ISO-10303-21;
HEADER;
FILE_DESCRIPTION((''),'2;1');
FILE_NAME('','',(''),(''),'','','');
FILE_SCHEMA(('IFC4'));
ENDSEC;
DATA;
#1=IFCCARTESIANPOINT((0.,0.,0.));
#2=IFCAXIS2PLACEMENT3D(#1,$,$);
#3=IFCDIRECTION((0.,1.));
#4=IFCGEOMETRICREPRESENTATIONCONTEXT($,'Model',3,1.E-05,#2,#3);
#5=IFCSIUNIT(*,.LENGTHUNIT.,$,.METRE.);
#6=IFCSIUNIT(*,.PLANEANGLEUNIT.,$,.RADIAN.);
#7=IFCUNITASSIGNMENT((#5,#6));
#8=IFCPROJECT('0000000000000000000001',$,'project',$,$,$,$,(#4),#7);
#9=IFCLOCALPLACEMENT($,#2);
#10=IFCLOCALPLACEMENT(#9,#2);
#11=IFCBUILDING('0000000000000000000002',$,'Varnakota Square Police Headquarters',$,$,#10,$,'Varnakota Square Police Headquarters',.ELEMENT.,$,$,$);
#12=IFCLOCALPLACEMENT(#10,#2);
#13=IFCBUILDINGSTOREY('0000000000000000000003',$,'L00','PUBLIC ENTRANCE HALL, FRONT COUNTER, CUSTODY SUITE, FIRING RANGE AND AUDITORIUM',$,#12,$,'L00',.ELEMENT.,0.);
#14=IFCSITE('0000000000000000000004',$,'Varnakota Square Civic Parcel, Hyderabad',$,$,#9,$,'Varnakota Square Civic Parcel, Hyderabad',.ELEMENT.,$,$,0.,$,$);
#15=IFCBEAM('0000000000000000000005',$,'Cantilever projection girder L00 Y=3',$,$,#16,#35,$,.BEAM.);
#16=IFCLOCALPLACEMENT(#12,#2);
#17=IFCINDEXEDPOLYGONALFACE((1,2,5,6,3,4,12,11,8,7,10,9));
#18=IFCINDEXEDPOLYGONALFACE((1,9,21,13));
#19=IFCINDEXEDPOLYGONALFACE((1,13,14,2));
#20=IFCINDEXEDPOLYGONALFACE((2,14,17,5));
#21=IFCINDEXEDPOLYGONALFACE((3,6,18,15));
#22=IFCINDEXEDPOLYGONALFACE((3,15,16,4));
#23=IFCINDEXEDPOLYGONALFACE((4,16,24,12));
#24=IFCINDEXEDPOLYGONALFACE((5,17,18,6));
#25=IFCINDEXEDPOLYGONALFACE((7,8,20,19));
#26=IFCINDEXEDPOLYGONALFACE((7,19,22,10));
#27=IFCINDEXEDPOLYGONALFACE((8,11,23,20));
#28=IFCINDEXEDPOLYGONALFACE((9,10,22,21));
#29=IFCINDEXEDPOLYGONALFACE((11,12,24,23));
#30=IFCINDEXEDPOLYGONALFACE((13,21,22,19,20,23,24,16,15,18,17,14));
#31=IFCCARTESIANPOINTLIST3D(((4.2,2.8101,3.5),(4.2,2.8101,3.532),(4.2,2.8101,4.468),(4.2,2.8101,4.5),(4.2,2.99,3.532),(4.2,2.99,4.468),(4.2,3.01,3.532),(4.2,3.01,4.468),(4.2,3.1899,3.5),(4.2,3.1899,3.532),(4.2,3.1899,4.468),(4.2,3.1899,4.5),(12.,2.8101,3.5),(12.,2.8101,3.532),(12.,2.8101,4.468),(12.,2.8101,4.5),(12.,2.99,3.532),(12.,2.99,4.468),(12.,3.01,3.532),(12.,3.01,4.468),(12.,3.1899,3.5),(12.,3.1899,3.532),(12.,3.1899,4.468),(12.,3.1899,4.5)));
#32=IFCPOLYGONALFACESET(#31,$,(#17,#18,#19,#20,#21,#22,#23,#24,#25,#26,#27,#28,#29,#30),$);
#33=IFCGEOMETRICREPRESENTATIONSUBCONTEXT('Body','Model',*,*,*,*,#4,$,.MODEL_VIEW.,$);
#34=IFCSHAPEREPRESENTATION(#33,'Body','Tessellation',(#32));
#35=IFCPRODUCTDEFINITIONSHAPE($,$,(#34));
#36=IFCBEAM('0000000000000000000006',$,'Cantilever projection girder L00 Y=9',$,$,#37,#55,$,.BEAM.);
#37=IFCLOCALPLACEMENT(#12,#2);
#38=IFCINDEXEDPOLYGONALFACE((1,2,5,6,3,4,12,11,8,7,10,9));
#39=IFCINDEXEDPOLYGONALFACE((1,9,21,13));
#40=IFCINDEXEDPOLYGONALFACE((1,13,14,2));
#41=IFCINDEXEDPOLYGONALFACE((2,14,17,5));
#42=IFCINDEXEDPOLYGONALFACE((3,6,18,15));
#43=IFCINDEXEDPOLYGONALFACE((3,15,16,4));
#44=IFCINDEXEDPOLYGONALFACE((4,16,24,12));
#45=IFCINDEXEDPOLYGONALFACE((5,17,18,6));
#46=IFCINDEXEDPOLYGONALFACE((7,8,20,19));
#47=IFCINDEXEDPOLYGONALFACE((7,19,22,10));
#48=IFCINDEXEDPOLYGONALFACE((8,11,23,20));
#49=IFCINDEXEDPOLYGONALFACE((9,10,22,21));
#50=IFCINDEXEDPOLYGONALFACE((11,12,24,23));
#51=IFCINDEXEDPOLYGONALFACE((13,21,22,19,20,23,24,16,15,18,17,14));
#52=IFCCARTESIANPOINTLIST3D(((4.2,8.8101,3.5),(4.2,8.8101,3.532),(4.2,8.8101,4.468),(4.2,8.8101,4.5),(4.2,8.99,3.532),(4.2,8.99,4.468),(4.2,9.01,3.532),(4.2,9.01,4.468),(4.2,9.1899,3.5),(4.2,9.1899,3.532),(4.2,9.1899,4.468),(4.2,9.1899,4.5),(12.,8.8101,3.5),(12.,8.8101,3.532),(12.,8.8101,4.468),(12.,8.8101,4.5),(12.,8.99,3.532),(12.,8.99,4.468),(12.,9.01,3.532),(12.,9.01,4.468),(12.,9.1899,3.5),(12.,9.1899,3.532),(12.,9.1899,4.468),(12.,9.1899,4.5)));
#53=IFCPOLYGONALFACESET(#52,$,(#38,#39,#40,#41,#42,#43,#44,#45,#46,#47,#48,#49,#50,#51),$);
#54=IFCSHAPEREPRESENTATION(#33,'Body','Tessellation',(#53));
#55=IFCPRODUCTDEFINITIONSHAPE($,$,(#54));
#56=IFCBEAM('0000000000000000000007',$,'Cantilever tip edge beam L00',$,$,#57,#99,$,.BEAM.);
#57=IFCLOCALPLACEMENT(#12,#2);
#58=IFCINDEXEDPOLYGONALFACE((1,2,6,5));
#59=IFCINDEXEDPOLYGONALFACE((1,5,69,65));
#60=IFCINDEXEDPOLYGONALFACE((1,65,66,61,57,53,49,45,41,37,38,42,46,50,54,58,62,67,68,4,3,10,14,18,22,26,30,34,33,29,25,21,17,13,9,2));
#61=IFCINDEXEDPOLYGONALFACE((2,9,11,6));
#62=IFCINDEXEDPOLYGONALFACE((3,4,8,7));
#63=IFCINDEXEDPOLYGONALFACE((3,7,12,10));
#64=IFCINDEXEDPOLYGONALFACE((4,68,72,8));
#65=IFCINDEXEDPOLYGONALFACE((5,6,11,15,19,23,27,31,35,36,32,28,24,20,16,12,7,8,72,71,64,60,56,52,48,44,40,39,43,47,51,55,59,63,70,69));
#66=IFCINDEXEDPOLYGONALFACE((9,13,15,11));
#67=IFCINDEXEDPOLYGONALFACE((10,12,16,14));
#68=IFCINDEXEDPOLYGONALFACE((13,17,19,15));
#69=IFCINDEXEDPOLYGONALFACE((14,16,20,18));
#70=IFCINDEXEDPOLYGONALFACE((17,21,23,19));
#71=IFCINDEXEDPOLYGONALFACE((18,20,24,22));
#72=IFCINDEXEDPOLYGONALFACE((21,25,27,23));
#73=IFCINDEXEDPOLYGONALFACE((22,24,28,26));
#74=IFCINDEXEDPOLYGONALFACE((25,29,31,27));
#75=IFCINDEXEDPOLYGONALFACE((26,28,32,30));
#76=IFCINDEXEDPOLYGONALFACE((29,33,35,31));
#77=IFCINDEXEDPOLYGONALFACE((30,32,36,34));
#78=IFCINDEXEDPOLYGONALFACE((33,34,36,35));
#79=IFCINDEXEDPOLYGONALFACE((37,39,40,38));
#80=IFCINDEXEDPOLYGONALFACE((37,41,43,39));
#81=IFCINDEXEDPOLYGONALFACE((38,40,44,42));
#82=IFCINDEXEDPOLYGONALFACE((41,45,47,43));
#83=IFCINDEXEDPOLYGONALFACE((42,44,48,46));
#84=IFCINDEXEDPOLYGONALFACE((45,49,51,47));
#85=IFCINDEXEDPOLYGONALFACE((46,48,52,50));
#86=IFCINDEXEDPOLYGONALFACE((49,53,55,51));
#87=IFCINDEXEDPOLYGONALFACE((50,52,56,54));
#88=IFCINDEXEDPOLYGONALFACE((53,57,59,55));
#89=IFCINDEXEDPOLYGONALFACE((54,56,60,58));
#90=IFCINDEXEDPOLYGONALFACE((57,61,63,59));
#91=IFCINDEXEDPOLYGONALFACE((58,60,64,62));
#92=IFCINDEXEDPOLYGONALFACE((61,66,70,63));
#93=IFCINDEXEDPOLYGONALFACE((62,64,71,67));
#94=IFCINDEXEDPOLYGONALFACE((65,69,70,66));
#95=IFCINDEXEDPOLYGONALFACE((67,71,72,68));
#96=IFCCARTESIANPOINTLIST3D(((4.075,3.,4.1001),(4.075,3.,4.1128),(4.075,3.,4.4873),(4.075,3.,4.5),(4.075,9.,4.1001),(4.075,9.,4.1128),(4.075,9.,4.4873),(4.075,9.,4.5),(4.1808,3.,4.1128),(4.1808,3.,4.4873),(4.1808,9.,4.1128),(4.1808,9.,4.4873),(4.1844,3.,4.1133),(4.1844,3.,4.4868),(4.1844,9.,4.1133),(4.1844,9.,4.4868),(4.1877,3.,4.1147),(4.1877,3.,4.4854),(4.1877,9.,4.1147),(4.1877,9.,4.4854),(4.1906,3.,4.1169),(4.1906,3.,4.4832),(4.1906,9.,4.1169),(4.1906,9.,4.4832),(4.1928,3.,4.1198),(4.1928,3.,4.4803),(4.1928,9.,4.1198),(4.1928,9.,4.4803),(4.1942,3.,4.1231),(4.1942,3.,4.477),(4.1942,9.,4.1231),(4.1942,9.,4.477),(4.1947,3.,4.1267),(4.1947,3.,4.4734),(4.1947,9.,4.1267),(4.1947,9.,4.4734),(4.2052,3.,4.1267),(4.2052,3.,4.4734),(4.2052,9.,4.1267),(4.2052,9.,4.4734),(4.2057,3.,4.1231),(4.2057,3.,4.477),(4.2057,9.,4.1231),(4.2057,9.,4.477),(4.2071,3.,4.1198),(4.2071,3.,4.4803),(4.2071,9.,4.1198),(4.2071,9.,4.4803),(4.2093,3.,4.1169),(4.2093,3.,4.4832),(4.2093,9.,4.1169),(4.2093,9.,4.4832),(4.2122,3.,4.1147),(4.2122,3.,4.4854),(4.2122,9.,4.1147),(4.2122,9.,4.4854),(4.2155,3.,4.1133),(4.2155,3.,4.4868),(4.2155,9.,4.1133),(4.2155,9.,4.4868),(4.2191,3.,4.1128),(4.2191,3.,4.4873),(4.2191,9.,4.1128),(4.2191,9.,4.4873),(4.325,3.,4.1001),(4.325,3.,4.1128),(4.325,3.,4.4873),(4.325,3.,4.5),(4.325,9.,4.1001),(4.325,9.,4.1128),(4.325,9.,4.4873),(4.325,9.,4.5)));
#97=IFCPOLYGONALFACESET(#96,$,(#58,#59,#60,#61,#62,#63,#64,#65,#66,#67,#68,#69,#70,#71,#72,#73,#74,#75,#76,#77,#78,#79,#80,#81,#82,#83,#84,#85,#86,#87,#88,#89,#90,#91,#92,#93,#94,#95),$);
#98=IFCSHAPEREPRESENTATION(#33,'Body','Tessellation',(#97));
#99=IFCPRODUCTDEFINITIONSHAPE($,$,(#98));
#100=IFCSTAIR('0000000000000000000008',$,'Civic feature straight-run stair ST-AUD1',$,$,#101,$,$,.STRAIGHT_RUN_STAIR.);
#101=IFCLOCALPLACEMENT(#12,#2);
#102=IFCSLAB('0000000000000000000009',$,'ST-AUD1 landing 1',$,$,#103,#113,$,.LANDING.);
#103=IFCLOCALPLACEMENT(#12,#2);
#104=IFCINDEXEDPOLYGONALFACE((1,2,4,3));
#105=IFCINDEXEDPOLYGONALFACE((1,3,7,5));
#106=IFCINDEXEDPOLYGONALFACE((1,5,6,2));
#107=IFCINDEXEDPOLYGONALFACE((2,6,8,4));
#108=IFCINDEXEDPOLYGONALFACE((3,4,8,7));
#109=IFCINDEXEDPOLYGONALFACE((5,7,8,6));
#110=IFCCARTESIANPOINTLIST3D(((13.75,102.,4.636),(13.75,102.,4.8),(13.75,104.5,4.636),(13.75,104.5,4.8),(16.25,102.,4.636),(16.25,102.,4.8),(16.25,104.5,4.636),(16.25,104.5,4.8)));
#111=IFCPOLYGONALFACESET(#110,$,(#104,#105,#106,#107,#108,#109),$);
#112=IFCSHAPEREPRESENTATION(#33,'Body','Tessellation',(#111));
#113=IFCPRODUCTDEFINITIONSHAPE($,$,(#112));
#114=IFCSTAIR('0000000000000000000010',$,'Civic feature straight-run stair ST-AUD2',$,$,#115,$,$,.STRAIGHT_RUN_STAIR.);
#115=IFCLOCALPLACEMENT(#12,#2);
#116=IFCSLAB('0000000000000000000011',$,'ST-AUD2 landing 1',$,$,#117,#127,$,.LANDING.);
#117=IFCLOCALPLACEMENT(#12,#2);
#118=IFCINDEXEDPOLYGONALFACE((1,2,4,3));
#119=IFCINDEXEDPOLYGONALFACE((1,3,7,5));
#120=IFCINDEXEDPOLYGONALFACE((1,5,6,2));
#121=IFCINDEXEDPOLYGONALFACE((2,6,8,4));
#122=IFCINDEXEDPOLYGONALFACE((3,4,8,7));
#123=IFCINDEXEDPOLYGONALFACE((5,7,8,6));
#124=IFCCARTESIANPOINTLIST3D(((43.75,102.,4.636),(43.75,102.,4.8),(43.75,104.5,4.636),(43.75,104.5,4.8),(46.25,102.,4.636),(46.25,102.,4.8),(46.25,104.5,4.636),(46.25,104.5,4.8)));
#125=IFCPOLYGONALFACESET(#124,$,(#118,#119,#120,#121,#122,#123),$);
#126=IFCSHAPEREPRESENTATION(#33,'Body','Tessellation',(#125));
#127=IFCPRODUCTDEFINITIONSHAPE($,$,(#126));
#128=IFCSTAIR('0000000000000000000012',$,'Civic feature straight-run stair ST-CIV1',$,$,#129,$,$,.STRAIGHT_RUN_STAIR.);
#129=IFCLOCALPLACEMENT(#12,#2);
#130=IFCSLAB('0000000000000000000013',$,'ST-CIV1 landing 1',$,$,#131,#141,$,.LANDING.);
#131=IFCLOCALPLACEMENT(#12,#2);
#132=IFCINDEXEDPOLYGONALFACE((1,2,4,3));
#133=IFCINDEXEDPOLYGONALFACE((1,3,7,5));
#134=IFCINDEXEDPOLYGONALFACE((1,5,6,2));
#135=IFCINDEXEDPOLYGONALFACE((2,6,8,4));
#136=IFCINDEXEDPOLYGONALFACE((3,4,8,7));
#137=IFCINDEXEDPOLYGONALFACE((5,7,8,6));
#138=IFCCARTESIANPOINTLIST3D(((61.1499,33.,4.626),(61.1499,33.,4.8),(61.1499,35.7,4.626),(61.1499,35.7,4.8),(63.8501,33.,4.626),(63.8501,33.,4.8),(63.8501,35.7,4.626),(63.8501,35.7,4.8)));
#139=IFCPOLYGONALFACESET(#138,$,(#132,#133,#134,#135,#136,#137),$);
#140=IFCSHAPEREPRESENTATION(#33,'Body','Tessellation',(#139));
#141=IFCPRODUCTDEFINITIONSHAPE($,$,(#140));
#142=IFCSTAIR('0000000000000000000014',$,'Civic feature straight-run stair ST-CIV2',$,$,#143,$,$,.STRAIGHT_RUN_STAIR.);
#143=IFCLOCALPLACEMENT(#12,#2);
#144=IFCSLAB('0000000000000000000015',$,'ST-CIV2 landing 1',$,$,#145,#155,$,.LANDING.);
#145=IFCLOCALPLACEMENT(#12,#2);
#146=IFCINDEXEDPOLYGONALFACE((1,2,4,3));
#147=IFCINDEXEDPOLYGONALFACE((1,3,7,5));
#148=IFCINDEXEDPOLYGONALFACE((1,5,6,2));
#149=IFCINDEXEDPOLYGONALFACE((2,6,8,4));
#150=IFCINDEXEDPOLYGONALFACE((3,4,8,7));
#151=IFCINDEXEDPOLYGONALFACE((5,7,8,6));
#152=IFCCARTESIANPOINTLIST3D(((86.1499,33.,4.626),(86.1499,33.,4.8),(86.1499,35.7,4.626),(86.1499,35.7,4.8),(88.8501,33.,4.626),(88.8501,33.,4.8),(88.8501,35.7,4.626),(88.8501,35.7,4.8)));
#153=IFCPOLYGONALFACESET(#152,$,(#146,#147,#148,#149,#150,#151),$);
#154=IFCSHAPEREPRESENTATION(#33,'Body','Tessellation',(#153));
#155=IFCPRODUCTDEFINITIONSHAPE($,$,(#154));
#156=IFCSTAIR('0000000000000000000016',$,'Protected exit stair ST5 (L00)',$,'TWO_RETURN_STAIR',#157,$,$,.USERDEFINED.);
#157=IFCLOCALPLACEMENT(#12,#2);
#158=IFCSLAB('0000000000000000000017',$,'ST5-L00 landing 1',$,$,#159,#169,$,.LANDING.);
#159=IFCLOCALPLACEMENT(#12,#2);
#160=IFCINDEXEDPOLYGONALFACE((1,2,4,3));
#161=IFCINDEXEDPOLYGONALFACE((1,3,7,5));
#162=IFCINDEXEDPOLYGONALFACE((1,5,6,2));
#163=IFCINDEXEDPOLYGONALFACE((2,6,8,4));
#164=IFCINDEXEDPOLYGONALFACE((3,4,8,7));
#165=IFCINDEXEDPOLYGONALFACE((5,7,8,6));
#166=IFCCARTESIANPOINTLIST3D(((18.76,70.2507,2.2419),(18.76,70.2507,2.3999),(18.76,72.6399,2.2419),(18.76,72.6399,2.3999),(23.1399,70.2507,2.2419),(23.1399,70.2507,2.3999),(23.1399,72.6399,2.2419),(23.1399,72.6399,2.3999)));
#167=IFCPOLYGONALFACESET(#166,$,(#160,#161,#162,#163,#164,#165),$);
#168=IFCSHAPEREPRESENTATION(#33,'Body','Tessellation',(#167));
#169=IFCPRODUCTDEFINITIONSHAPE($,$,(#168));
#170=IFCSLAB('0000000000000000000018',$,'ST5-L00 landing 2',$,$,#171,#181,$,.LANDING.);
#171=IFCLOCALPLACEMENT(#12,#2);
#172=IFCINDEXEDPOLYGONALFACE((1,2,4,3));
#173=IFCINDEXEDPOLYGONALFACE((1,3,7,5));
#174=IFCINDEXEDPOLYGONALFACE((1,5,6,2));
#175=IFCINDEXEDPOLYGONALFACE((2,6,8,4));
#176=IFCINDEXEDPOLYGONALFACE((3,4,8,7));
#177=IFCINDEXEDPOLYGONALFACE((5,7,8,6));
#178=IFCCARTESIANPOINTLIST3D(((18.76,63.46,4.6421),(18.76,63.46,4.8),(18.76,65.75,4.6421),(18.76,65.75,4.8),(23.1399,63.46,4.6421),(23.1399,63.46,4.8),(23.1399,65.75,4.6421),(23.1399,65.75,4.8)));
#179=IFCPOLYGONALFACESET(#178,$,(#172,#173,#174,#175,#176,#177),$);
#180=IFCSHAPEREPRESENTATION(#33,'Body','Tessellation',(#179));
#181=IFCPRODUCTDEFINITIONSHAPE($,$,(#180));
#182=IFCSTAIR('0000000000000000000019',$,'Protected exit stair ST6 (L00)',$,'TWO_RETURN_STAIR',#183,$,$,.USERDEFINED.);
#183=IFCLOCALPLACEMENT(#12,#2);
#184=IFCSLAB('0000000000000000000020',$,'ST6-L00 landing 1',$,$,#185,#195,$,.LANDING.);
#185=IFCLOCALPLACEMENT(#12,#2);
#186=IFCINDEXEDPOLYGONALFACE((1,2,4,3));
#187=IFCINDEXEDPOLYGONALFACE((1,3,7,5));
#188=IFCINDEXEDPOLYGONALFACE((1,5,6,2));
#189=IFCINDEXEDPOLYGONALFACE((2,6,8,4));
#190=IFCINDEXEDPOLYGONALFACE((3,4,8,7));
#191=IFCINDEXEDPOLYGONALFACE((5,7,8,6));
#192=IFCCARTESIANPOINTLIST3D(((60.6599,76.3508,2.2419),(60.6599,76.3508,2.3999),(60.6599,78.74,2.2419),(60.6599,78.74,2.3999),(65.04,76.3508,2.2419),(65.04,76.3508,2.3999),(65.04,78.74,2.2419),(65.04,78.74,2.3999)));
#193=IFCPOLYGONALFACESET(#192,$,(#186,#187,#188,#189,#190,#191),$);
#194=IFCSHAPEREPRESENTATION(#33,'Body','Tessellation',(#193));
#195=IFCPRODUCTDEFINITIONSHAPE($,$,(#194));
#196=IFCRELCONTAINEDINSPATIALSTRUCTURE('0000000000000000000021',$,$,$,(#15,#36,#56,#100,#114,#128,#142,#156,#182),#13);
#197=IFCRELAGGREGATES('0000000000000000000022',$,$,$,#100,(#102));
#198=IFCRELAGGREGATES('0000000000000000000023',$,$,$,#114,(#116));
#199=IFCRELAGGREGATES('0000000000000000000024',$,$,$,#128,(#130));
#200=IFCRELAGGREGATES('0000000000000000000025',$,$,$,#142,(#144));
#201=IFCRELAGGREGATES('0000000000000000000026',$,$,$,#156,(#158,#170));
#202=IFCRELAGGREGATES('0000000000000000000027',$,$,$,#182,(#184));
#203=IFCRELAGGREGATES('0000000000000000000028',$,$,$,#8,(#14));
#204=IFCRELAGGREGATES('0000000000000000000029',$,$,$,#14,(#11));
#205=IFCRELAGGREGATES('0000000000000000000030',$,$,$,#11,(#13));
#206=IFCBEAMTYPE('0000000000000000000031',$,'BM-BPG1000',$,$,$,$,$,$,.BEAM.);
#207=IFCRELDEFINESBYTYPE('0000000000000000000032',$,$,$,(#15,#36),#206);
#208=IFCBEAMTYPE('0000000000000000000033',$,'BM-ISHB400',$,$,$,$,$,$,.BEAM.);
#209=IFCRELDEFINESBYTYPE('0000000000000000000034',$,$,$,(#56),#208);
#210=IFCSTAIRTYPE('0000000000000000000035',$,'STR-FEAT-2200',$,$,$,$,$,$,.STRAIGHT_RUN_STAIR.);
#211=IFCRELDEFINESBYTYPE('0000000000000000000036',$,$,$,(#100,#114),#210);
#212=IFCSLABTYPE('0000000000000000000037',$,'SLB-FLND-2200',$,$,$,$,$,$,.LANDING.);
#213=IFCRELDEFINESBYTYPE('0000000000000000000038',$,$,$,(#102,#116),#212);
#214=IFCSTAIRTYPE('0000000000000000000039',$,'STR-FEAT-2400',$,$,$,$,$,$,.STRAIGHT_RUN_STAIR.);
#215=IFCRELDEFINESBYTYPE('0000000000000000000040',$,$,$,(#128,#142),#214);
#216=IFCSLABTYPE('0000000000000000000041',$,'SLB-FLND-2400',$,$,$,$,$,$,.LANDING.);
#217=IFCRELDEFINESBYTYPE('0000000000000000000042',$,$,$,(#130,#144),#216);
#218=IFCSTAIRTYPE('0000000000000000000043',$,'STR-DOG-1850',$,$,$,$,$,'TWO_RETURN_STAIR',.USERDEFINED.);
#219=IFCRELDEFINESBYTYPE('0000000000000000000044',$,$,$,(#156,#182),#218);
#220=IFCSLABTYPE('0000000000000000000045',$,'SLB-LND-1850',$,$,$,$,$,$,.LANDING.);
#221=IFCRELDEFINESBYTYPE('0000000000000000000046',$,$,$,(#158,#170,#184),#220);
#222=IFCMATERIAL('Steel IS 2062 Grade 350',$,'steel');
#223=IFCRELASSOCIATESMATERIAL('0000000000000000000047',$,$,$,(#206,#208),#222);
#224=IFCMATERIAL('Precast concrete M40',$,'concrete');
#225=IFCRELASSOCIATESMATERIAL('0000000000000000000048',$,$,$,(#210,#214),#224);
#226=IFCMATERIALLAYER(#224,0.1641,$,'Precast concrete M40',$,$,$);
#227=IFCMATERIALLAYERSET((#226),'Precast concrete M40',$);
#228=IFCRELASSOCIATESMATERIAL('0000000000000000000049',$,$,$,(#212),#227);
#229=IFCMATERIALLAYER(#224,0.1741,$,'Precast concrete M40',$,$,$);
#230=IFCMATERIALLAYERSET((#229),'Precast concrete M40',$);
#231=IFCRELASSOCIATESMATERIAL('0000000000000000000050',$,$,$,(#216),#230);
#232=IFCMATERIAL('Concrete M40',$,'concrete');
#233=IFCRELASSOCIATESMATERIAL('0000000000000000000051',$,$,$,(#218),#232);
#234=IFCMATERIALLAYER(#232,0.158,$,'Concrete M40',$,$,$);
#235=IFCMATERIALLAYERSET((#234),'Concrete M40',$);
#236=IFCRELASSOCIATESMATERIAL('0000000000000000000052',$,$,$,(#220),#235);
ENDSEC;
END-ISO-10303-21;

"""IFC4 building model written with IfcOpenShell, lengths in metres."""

from ifc_helpers import new_model, si_unit, direction, frame, origin, origin_2d, place, context, subcontext, project, spatial, polyline, i_section, outline, extrude, material, layer, layer_set, material_profile, profile_set, type_object, element, aggregate, save


model = new_model("IFC4")

# Units and contexts
model_context = context("Model", 3, precision=1e-05, world=origin(), true_north=direction((0.0, 1.0)))
body_context = subcontext(model_context, "Body", "Model", "MODEL_VIEW")
ifc_project = project(units=[si_unit("LENGTHUNIT", "METRE"), si_unit("PLANEANGLEUNIT", "RADIAN")], contexts=[model_context])

# Site, building, storey
site_placement = place(None, origin())
site = spatial("IfcSite", under=ifc_project, at=site_placement, Name="Varnakota Square Civic Parcel, Hyderabad", LongName="Varnakota Square Civic Parcel, Hyderabad", CompositionType="ELEMENT", RefElevation=0.0)
building_placement = place(site_placement, origin())
building = spatial("IfcBuilding", under=site, at=building_placement, Name="Varnakota Square Police Headquarters", LongName="Varnakota Square Police Headquarters", CompositionType="ELEMENT")
storey_placement = place(building_placement, origin())
storey = spatial("IfcBuildingStorey", under=building, at=storey_placement, Name="L00", Description="PUBLIC ENTRANCE HALL, FRONT COUNTER, CUSTODY SUITE, FIRING RANGE AND AUDITORIUM", LongName="L00", CompositionType="ELEMENT", Elevation=0.0)

# Beams
ifc_material_1 = material(Name="Steel IS 2062 Grade 350", Category="steel")
ifc_material_profile_1 = material_profile(ifc_material_1, i_section(OverallWidth=0.3799, OverallDepth=1.0, WebThickness=0.02, FlangeThickness=0.032, at=origin_2d()), Name="BPG 1000x380")
ifc_profile_set_1 = profile_set([ifc_material_profile_1], Name="Steel IS 2062 Grade 350")
beam_type_1 = type_object("IfcBeamType", Name="BM-BPG1000", PredefinedType="BEAM", material=ifc_profile_set_1)
for number, where, z_axis, x_axis, name in (
    (1, (4.2, 3.0, 4.0), (1.0, 0.0, 0.0), (0.0, 1.0, 0.0), "Cantilever projection girder L00 Y=3"),
    (2, (4.2, 9.0, 4.0), (1.0, 0.0, 0.0), (0.0, 1.0, 0.0), "Cantilever projection girder L00 Y=9"),
):
    element("IfcBeam", number, at=place(storey_placement, frame(where, z_axis=z_axis, x_axis=x_axis)), inside=storey, type_object=beam_type_1, Name=name, PredefinedType="BEAM", context=body_context, shape_type="SweptSolid", body=[
        extrude(i_section(OverallWidth=0.3799, OverallDepth=1.0, WebThickness=0.02, FlangeThickness=0.032, at=origin_2d()), origin(), (0.0, 0.0, 1.0), 7.8),
    ])
ifc_material_profile_2 = material_profile(ifc_material_1, i_section(OverallWidth=0.25, OverallDepth=0.3999, WebThickness=0.0105, FlangeThickness=0.0127, FilletRadius=0.0139, at=origin_2d()), Name="ISHB 400")
ifc_profile_set_2 = profile_set([ifc_material_profile_2], Name="Steel IS 2062 Grade 350")
beam_type_2 = type_object("IfcBeamType", Name="BM-ISHB400", PredefinedType="BEAM", material=ifc_profile_set_2)
beam_placement = place(storey_placement, frame((4.2, 3.0, 4.3), z_axis=(0.0, 1.0, 0.0), x_axis=(-1.0, 0.0, 0.0)))
element("IfcBeam", 3, at=beam_placement, inside=storey, type_object=beam_type_2, Name="Cantilever tip edge beam L00", PredefinedType="BEAM", context=body_context, shape_type="SweptSolid", body=[
    extrude(i_section(OverallWidth=0.25, OverallDepth=0.3999, WebThickness=0.0105, FlangeThickness=0.0127, FilletRadius=0.0139, at=origin_2d()), origin(), (0.0, 0.0, 1.0), 6.0),
])

# Stairs, slabs
ifc_material_2 = material(Name="Precast concrete M40", Category="concrete")
stair_type_1 = type_object("IfcStairType", Name="STR-FEAT-2200", PredefinedType="STRAIGHT_RUN_STAIR", material=ifc_material_2)
stair_1_placement = place(storey_placement, origin())
stair_1 = element("IfcStair", 4, at=stair_1_placement, inside=storey, type_object=stair_type_1, Name="Civic feature straight-run stair ST-AUD1", PredefinedType="STRAIGHT_RUN_STAIR")
ifc_layer_1 = layer(ifc_material_2, 0.1641, Name="Precast concrete M40")
ifc_layer_set_1 = layer_set([ifc_layer_1], Name="Precast concrete M40")
slab_type_1 = type_object("IfcSlabType", Name="SLB-FLND-2200", PredefinedType="LANDING", material=ifc_layer_set_1)
slab_1_placement = place(storey_placement, frame((0.0, 0.0, 4.636)))
slab_1 = element("IfcSlab", 5, at=slab_1_placement, type_object=slab_type_1, Name="ST-AUD1 landing 1", PredefinedType="LANDING", context=body_context, shape_type="SweptSolid", body=[
    extrude(outline(polyline([(13.75, 102.0), (16.25, 102.0), (16.25, 104.5), (13.75, 104.5), (13.75, 102.0)])), origin(), (0.0, 0.0, 1.0), 0.1641),
])
aggregate(stair_1, [slab_1])
stair_2_placement = place(storey_placement, origin())
stair_2 = element("IfcStair", 6, at=stair_2_placement, inside=storey, type_object=stair_type_1, Name="Civic feature straight-run stair ST-AUD2", PredefinedType="STRAIGHT_RUN_STAIR")
slab_2_placement = place(storey_placement, frame((0.0, 0.0, 4.636)))
slab_2 = element("IfcSlab", 7, at=slab_2_placement, type_object=slab_type_1, Name="ST-AUD2 landing 1", PredefinedType="LANDING", context=body_context, shape_type="SweptSolid", body=[
    extrude(outline(polyline([(43.75, 102.0), (46.25, 102.0), (46.25, 104.5), (43.75, 104.5), (43.75, 102.0)])), origin(), (0.0, 0.0, 1.0), 0.1641),
])
aggregate(stair_2, [slab_2])
stair_type_2 = type_object("IfcStairType", Name="STR-FEAT-2400", PredefinedType="STRAIGHT_RUN_STAIR", material=ifc_material_2)
stair_3_placement = place(storey_placement, origin())
stair_3 = element("IfcStair", 8, at=stair_3_placement, inside=storey, type_object=stair_type_2, Name="Civic feature straight-run stair ST-CIV1", PredefinedType="STRAIGHT_RUN_STAIR")
ifc_layer_2 = layer(ifc_material_2, 0.1741, Name="Precast concrete M40")
ifc_layer_set_2 = layer_set([ifc_layer_2], Name="Precast concrete M40")
slab_type_2 = type_object("IfcSlabType", Name="SLB-FLND-2400", PredefinedType="LANDING", material=ifc_layer_set_2)
slab_3_placement = place(storey_placement, frame((0.0, 0.0, 4.626)))
slab_3 = element("IfcSlab", 9, at=slab_3_placement, type_object=slab_type_2, Name="ST-CIV1 landing 1", PredefinedType="LANDING", context=body_context, shape_type="SweptSolid", body=[
    extrude(outline(polyline([(61.1499, 33.0), (63.8501, 33.0), (63.8501, 35.7), (61.1499, 35.7), (61.1499, 33.0)])), origin(), (0.0, 0.0, 1.0), 0.1741),
])
aggregate(stair_3, [slab_3])
stair_4_placement = place(storey_placement, origin())
stair_4 = element("IfcStair", 10, at=stair_4_placement, inside=storey, type_object=stair_type_2, Name="Civic feature straight-run stair ST-CIV2", PredefinedType="STRAIGHT_RUN_STAIR")
slab_4_placement = place(storey_placement, frame((0.0, 0.0, 4.626)))
slab_4 = element("IfcSlab", 11, at=slab_4_placement, type_object=slab_type_2, Name="ST-CIV2 landing 1", PredefinedType="LANDING", context=body_context, shape_type="SweptSolid", body=[
    extrude(outline(polyline([(86.1499, 33.0), (88.8501, 33.0), (88.8501, 35.7), (86.1499, 35.7), (86.1499, 33.0)])), origin(), (0.0, 0.0, 1.0), 0.1741),
])
aggregate(stair_4, [slab_4])

# Stairs, slabs
ifc_material_3 = material(Name="Concrete M40", Category="concrete")
stair_type_3 = type_object("IfcStairType", Name="STR-DOG-1850", ElementType="TWO_RETURN_STAIR", PredefinedType="USERDEFINED", material=ifc_material_3)
stair_5_placement = place(storey_placement, origin())
stair_5 = element("IfcStair", 12, at=stair_5_placement, inside=storey, type_object=stair_type_3, Name="Protected exit stair ST5 (L00)", ObjectType="TWO_RETURN_STAIR", PredefinedType="USERDEFINED")
ifc_layer_3 = layer(ifc_material_3, 0.158, Name="Concrete M40")
ifc_layer_set_3 = layer_set([ifc_layer_3], Name="Concrete M40")
slab_type_3 = type_object("IfcSlabType", Name="SLB-LND-1850", PredefinedType="LANDING", material=ifc_layer_set_3)
slab_5_placement = place(storey_placement, frame((0.0, 0.0, 2.2419)))
slab_5 = element("IfcSlab", 13, at=slab_5_placement, type_object=slab_type_3, Name="ST5-L00 landing 1", PredefinedType="LANDING", context=body_context, shape_type="SweptSolid", body=[
    extrude(outline(polyline([(18.76, 70.2507), (23.1399, 70.2507), (23.1399, 72.6399), (18.76, 72.6399), (18.76, 70.2507)])), origin(), (0.0, 0.0, 1.0), 0.158),
])
slab_6_placement = place(storey_placement, frame((0.0, 0.0, 4.6421)))
slab_6 = element("IfcSlab", 14, at=slab_6_placement, type_object=slab_type_3, Name="ST5-L00 landing 2", PredefinedType="LANDING", context=body_context, shape_type="SweptSolid", body=[
    extrude(outline(polyline([(18.76, 63.46), (23.1399, 63.46), (23.1399, 65.75), (18.76, 65.75), (18.76, 63.46)])), origin(), (0.0, 0.0, 1.0), 0.158),
])
aggregate(stair_5, [slab_5, slab_6])
stair_6_placement = place(storey_placement, origin())
stair_6 = element("IfcStair", 15, at=stair_6_placement, inside=storey, type_object=stair_type_3, Name="Protected exit stair ST6 (L00)", ObjectType="TWO_RETURN_STAIR", PredefinedType="USERDEFINED")
slab_7_placement = place(storey_placement, frame((0.0, 0.0, 2.2419)))
slab_7 = element("IfcSlab", 16, at=slab_7_placement, type_object=slab_type_3, Name="ST6-L00 landing 1", PredefinedType="LANDING", context=body_context, shape_type="SweptSolid", body=[
    extrude(outline(polyline([(60.6599, 76.3508), (65.04, 76.3508), (65.04, 78.74), (60.6599, 78.74), (60.6599, 76.3508)])), origin(), (0.0, 0.0, 1.0), 0.158),
])
aggregate(stair_6, [slab_7])

save(model, "model.ifc")
